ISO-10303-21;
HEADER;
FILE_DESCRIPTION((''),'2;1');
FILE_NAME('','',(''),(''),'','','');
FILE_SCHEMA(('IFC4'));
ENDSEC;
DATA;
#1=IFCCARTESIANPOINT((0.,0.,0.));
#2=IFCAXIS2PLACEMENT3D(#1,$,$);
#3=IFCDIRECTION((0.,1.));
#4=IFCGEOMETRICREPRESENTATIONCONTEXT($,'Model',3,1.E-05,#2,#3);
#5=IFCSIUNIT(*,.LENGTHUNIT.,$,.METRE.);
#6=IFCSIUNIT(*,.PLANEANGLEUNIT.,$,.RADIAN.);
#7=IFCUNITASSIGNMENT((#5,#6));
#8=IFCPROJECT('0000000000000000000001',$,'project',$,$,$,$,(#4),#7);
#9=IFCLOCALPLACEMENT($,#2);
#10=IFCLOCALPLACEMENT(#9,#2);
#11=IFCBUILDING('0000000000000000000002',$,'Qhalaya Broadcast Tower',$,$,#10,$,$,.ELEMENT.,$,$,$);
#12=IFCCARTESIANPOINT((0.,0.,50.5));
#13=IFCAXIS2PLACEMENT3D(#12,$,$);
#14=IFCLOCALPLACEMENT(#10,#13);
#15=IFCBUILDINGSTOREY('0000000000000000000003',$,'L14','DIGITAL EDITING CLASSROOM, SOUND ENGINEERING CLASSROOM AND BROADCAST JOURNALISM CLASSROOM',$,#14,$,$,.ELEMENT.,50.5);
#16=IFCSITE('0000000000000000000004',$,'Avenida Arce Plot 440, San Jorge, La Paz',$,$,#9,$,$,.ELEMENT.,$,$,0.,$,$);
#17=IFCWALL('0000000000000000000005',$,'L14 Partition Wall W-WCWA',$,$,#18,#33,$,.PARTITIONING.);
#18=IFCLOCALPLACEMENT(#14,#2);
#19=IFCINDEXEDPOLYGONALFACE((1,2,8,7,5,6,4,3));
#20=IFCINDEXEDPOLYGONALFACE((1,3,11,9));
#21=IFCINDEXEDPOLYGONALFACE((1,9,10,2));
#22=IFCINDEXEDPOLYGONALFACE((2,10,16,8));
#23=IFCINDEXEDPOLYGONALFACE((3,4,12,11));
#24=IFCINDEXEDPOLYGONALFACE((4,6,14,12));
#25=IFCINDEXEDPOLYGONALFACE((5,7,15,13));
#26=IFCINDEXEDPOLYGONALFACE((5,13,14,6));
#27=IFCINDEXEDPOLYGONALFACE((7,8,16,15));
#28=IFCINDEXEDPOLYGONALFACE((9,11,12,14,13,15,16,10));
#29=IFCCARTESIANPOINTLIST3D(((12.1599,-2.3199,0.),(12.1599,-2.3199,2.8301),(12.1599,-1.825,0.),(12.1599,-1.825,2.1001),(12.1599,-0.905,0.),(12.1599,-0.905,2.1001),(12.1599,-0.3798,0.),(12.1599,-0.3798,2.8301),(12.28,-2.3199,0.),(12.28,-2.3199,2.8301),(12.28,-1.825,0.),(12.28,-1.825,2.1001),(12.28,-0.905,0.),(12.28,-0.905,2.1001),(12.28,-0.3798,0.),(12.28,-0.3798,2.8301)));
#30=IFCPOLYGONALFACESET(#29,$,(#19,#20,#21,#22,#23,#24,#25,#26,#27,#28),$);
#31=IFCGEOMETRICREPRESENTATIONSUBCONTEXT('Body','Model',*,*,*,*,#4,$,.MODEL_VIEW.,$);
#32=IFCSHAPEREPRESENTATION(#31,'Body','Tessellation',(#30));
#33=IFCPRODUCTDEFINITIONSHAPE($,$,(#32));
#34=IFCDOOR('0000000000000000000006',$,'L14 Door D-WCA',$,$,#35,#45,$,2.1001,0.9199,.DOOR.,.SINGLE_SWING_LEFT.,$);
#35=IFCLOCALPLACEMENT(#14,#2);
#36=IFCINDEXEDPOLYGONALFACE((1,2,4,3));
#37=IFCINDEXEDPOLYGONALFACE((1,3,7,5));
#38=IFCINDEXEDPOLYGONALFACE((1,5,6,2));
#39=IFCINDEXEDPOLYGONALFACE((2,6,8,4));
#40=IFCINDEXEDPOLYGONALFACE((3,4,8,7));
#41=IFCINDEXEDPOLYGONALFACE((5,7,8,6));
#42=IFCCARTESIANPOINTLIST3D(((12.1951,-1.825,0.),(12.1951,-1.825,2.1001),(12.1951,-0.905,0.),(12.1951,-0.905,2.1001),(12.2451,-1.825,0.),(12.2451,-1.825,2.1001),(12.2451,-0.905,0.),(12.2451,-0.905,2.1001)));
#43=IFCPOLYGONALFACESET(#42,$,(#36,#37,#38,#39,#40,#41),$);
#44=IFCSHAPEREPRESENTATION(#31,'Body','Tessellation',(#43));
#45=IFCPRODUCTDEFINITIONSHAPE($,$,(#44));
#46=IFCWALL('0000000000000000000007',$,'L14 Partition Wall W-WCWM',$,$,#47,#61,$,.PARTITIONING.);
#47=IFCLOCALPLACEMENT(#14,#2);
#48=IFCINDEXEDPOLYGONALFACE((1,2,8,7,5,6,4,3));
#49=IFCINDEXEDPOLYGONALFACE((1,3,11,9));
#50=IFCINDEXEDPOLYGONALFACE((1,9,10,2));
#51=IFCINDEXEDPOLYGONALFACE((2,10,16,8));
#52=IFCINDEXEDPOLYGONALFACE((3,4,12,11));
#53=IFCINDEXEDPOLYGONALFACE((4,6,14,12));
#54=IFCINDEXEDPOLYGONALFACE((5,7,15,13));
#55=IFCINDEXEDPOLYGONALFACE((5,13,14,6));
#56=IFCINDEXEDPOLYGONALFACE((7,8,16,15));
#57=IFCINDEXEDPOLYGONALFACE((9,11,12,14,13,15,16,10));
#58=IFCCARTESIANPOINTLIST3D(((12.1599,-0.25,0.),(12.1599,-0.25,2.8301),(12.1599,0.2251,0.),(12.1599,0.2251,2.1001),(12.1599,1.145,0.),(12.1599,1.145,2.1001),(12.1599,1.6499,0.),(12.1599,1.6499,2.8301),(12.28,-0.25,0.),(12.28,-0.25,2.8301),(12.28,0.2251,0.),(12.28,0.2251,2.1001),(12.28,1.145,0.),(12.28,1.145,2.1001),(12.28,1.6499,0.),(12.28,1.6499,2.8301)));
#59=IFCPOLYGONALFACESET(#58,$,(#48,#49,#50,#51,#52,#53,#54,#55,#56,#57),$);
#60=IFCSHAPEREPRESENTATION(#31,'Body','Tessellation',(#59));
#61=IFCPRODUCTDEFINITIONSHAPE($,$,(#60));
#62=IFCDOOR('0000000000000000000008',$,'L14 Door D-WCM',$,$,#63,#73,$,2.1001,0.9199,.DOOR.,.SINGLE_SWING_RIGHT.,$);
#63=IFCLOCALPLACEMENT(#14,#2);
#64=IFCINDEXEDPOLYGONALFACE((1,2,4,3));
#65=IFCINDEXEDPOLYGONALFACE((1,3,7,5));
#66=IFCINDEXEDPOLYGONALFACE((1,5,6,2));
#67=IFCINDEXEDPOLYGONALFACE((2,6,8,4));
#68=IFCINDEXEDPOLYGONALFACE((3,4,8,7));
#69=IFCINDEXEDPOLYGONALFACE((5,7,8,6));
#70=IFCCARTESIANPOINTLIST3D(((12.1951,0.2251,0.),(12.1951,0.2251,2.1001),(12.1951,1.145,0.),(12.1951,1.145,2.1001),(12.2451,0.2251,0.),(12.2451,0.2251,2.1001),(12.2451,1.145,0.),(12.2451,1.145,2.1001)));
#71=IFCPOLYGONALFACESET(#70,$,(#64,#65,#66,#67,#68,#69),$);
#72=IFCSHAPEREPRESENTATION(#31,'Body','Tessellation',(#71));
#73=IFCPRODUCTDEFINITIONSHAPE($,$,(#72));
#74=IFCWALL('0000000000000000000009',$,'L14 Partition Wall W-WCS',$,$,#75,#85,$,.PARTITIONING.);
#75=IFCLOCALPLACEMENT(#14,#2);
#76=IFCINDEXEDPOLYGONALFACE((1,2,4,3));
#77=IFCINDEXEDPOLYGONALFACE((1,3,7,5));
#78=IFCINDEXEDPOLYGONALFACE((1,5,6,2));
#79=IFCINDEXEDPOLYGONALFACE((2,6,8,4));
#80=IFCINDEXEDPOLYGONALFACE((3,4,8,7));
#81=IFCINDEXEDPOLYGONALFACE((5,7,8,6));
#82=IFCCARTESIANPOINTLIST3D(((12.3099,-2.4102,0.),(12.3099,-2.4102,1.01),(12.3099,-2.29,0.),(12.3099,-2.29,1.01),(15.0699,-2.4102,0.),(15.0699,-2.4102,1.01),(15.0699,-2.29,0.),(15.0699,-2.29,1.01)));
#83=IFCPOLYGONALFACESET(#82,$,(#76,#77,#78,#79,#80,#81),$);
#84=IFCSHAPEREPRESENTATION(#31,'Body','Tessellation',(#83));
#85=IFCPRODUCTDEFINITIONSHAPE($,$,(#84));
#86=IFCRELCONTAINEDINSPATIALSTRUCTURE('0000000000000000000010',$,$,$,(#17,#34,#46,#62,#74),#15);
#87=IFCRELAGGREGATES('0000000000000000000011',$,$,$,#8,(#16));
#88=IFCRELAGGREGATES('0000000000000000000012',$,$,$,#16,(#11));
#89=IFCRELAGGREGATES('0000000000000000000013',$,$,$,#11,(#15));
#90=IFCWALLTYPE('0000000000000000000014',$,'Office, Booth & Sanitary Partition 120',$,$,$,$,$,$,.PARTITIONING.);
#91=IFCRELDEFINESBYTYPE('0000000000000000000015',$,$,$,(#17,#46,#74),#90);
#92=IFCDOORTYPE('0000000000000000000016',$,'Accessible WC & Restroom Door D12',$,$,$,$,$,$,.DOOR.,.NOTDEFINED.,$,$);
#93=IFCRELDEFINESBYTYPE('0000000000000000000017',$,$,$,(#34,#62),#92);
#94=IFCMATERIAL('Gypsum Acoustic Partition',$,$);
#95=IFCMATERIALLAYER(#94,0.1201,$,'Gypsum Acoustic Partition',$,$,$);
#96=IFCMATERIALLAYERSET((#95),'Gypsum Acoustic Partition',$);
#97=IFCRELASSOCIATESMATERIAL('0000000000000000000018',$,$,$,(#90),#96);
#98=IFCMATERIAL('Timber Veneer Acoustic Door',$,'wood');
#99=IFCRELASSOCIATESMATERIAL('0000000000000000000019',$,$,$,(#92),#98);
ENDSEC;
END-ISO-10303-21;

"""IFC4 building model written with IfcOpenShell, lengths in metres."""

from ifc_helpers import new_model, si_unit, direction, frame, frame_2d, origin, place, context, subcontext, project, spatial, rectangle, extrude, material, layer, layer_set, type_object, element, fill, save


model = new_model("IFC4")

# Units and contexts
model_context = context("Model", 3, precision=1e-05, world=origin(), true_north=direction((0.0, 1.0)))
body_context = subcontext(model_context, "Body", "Model", "MODEL_VIEW")
ifc_project = project(units=[si_unit("LENGTHUNIT", "METRE"), si_unit("PLANEANGLEUNIT", "RADIAN")], contexts=[model_context])

# Site, building, storey
site_placement = place(None, origin())
site = spatial("IfcSite", under=ifc_project, at=site_placement, Name="Avenida Arce Plot 440, San Jorge, La Paz", CompositionType="ELEMENT", RefElevation=0.0)
building_placement = place(site_placement, origin())
building = spatial("IfcBuilding", under=site, at=building_placement, Name="Qhalaya Broadcast Tower", CompositionType="ELEMENT")
storey_placement = place(building_placement, frame((0.0, 0.0, 50.5)))
storey = spatial("IfcBuildingStorey", under=building, at=storey_placement, Name="L14", Description="DIGITAL EDITING CLASSROOM, SOUND ENGINEERING CLASSROOM AND BROADCAST JOURNALISM CLASSROOM", CompositionType="ELEMENT", Elevation=50.5)

# Shared definitions
ifc_material_1 = material(Name="Gypsum Acoustic Partition")
ifc_layer_1 = layer(ifc_material_1, 0.1201, Name="Gypsum Acoustic Partition")
ifc_layer_set_1 = layer_set([ifc_layer_1], Name="Gypsum Acoustic Partition")
wall_type_1 = type_object("IfcWallType", Name="Office, Booth & Sanitary Partition 120", PredefinedType="PARTITIONING", material=ifc_layer_set_1)

# Walls, openings, doors
wall_1_placement = place(storey_placement, frame((12.22, -2.3201, 0.0), z_axis=(0.0, 0.0, 1.0), x_axis=(0.0, 1.0, 0.0)))
wall_1 = element("IfcWall", 1, at=wall_1_placement, inside=storey, type_object=wall_type_1, Name="L14 Partition Wall W-WCWA", PredefinedType="PARTITIONING", context=body_context, shape_type="SweptSolid", body=[
    extrude(rectangle(XDim=1.9402, YDim=0.1201, at=frame_2d((0.9702, 0.0))), origin(), (0.0, 0.0, 1.0), 2.8301),
])
opening_1_placement = place(wall_1_placement, frame((0.4951, 0.0, 0.0)))
opening_1 = element("IfcOpeningElement", 2, at=opening_1_placement, cuts=wall_1, PredefinedType="OPENING", context=body_context, shape_type="SweptSolid", body=[
    extrude(rectangle(XDim=0.9199, YDim=2.1001, at=frame_2d((0.46, 1.05))), frame((0.0, 0.072, 0.0), z_axis=(0.0, -1.0, 0.0), x_axis=(1.0, 0.0, 0.0)), (0.0, 0.0, 1.0), 0.144),
])
ifc_material_2 = material(Name="Timber Veneer Acoustic Door", Category="wood")
door_type_1 = type_object("IfcDoorType", Name="Accessible WC & Restroom Door D12", OperationType="NOTDEFINED", PredefinedType="DOOR", material=ifc_material_2)
door_1_placement = place(opening_1_placement, origin())
door_1 = element("IfcDoor", 3, at=door_1_placement, inside=storey, type_object=door_type_1, Name="L14 Door D-WCA", OperationType="SINGLE_SWING_LEFT", OverallHeight=2.1001, OverallWidth=0.9199, PredefinedType="DOOR", context=body_context, shape_type="SweptSolid", body=[
    extrude(rectangle(XDim=0.9199, YDim=2.1001, at=frame_2d((0.46, 1.05))), frame((0.0, 0.0249, 0.0), z_axis=(0.0, -1.0, 0.0), x_axis=(1.0, 0.0, 0.0)), (0.0, 0.0, 1.0), 0.05),
])
fill(opening_1, door_1)
wall_2_placement = place(storey_placement, frame((12.22, -0.25, 0.0), z_axis=(0.0, 0.0, 1.0), x_axis=(0.0, 1.0, 0.0)))
wall_2 = element("IfcWall", 4, at=wall_2_placement, inside=storey, type_object=wall_type_1, Name="L14 Partition Wall W-WCWM", PredefinedType="PARTITIONING", context=body_context, shape_type="SweptSolid", body=[
    extrude(rectangle(XDim=1.8999, YDim=0.1201, at=frame_2d((0.95, 0.0))), origin(), (0.0, 0.0, 1.0), 2.8301),
])
opening_2_placement = place(wall_2_placement, frame((0.4751, 0.0, 0.0)))
opening_2 = element("IfcOpeningElement", 5, at=opening_2_placement, cuts=wall_2, PredefinedType="OPENING", context=body_context, shape_type="SweptSolid", body=[
    extrude(rectangle(XDim=0.9199, YDim=2.1001, at=frame_2d((0.46, 1.05))), frame((0.0, 0.072, 0.0), z_axis=(0.0, -1.0, 0.0), x_axis=(1.0, 0.0, 0.0)), (0.0, 0.0, 1.0), 0.144),
])
door_2_placement = place(opening_2_placement, origin())
door_2 = element("IfcDoor", 6, at=door_2_placement, inside=storey, type_object=door_type_1, Name="L14 Door D-WCM", OperationType="SINGLE_SWING_RIGHT", OverallHeight=2.1001, OverallWidth=0.9199, PredefinedType="DOOR", context=body_context, shape_type="SweptSolid", body=[
    extrude(rectangle(XDim=0.9199, YDim=2.1001, at=frame_2d((0.46, 1.05))), frame((0.0, 0.0249, 0.0), z_axis=(0.0, -1.0, 0.0), x_axis=(1.0, 0.0, 0.0)), (0.0, 0.0, 1.0), 0.05),
])
fill(opening_2, door_2)

# Wall
wall_3_placement = place(storey_placement, frame((12.3101, -2.3501, 0.0), z_axis=(0.0, 0.0, 1.0), x_axis=(1.0, 0.0, 0.0)))
element("IfcWall", 7, at=wall_3_placement, inside=storey, type_object=wall_type_1, Name="L14 Partition Wall W-WCS", PredefinedType="PARTITIONING", context=body_context, shape_type="SweptSolid", body=[
    extrude(rectangle(XDim=2.76, YDim=0.1201, at=frame_2d((1.3799, 0.0))), origin(), (0.0, 0.0, 1.0), 1.01),
])

save(model, "model.ifc")
